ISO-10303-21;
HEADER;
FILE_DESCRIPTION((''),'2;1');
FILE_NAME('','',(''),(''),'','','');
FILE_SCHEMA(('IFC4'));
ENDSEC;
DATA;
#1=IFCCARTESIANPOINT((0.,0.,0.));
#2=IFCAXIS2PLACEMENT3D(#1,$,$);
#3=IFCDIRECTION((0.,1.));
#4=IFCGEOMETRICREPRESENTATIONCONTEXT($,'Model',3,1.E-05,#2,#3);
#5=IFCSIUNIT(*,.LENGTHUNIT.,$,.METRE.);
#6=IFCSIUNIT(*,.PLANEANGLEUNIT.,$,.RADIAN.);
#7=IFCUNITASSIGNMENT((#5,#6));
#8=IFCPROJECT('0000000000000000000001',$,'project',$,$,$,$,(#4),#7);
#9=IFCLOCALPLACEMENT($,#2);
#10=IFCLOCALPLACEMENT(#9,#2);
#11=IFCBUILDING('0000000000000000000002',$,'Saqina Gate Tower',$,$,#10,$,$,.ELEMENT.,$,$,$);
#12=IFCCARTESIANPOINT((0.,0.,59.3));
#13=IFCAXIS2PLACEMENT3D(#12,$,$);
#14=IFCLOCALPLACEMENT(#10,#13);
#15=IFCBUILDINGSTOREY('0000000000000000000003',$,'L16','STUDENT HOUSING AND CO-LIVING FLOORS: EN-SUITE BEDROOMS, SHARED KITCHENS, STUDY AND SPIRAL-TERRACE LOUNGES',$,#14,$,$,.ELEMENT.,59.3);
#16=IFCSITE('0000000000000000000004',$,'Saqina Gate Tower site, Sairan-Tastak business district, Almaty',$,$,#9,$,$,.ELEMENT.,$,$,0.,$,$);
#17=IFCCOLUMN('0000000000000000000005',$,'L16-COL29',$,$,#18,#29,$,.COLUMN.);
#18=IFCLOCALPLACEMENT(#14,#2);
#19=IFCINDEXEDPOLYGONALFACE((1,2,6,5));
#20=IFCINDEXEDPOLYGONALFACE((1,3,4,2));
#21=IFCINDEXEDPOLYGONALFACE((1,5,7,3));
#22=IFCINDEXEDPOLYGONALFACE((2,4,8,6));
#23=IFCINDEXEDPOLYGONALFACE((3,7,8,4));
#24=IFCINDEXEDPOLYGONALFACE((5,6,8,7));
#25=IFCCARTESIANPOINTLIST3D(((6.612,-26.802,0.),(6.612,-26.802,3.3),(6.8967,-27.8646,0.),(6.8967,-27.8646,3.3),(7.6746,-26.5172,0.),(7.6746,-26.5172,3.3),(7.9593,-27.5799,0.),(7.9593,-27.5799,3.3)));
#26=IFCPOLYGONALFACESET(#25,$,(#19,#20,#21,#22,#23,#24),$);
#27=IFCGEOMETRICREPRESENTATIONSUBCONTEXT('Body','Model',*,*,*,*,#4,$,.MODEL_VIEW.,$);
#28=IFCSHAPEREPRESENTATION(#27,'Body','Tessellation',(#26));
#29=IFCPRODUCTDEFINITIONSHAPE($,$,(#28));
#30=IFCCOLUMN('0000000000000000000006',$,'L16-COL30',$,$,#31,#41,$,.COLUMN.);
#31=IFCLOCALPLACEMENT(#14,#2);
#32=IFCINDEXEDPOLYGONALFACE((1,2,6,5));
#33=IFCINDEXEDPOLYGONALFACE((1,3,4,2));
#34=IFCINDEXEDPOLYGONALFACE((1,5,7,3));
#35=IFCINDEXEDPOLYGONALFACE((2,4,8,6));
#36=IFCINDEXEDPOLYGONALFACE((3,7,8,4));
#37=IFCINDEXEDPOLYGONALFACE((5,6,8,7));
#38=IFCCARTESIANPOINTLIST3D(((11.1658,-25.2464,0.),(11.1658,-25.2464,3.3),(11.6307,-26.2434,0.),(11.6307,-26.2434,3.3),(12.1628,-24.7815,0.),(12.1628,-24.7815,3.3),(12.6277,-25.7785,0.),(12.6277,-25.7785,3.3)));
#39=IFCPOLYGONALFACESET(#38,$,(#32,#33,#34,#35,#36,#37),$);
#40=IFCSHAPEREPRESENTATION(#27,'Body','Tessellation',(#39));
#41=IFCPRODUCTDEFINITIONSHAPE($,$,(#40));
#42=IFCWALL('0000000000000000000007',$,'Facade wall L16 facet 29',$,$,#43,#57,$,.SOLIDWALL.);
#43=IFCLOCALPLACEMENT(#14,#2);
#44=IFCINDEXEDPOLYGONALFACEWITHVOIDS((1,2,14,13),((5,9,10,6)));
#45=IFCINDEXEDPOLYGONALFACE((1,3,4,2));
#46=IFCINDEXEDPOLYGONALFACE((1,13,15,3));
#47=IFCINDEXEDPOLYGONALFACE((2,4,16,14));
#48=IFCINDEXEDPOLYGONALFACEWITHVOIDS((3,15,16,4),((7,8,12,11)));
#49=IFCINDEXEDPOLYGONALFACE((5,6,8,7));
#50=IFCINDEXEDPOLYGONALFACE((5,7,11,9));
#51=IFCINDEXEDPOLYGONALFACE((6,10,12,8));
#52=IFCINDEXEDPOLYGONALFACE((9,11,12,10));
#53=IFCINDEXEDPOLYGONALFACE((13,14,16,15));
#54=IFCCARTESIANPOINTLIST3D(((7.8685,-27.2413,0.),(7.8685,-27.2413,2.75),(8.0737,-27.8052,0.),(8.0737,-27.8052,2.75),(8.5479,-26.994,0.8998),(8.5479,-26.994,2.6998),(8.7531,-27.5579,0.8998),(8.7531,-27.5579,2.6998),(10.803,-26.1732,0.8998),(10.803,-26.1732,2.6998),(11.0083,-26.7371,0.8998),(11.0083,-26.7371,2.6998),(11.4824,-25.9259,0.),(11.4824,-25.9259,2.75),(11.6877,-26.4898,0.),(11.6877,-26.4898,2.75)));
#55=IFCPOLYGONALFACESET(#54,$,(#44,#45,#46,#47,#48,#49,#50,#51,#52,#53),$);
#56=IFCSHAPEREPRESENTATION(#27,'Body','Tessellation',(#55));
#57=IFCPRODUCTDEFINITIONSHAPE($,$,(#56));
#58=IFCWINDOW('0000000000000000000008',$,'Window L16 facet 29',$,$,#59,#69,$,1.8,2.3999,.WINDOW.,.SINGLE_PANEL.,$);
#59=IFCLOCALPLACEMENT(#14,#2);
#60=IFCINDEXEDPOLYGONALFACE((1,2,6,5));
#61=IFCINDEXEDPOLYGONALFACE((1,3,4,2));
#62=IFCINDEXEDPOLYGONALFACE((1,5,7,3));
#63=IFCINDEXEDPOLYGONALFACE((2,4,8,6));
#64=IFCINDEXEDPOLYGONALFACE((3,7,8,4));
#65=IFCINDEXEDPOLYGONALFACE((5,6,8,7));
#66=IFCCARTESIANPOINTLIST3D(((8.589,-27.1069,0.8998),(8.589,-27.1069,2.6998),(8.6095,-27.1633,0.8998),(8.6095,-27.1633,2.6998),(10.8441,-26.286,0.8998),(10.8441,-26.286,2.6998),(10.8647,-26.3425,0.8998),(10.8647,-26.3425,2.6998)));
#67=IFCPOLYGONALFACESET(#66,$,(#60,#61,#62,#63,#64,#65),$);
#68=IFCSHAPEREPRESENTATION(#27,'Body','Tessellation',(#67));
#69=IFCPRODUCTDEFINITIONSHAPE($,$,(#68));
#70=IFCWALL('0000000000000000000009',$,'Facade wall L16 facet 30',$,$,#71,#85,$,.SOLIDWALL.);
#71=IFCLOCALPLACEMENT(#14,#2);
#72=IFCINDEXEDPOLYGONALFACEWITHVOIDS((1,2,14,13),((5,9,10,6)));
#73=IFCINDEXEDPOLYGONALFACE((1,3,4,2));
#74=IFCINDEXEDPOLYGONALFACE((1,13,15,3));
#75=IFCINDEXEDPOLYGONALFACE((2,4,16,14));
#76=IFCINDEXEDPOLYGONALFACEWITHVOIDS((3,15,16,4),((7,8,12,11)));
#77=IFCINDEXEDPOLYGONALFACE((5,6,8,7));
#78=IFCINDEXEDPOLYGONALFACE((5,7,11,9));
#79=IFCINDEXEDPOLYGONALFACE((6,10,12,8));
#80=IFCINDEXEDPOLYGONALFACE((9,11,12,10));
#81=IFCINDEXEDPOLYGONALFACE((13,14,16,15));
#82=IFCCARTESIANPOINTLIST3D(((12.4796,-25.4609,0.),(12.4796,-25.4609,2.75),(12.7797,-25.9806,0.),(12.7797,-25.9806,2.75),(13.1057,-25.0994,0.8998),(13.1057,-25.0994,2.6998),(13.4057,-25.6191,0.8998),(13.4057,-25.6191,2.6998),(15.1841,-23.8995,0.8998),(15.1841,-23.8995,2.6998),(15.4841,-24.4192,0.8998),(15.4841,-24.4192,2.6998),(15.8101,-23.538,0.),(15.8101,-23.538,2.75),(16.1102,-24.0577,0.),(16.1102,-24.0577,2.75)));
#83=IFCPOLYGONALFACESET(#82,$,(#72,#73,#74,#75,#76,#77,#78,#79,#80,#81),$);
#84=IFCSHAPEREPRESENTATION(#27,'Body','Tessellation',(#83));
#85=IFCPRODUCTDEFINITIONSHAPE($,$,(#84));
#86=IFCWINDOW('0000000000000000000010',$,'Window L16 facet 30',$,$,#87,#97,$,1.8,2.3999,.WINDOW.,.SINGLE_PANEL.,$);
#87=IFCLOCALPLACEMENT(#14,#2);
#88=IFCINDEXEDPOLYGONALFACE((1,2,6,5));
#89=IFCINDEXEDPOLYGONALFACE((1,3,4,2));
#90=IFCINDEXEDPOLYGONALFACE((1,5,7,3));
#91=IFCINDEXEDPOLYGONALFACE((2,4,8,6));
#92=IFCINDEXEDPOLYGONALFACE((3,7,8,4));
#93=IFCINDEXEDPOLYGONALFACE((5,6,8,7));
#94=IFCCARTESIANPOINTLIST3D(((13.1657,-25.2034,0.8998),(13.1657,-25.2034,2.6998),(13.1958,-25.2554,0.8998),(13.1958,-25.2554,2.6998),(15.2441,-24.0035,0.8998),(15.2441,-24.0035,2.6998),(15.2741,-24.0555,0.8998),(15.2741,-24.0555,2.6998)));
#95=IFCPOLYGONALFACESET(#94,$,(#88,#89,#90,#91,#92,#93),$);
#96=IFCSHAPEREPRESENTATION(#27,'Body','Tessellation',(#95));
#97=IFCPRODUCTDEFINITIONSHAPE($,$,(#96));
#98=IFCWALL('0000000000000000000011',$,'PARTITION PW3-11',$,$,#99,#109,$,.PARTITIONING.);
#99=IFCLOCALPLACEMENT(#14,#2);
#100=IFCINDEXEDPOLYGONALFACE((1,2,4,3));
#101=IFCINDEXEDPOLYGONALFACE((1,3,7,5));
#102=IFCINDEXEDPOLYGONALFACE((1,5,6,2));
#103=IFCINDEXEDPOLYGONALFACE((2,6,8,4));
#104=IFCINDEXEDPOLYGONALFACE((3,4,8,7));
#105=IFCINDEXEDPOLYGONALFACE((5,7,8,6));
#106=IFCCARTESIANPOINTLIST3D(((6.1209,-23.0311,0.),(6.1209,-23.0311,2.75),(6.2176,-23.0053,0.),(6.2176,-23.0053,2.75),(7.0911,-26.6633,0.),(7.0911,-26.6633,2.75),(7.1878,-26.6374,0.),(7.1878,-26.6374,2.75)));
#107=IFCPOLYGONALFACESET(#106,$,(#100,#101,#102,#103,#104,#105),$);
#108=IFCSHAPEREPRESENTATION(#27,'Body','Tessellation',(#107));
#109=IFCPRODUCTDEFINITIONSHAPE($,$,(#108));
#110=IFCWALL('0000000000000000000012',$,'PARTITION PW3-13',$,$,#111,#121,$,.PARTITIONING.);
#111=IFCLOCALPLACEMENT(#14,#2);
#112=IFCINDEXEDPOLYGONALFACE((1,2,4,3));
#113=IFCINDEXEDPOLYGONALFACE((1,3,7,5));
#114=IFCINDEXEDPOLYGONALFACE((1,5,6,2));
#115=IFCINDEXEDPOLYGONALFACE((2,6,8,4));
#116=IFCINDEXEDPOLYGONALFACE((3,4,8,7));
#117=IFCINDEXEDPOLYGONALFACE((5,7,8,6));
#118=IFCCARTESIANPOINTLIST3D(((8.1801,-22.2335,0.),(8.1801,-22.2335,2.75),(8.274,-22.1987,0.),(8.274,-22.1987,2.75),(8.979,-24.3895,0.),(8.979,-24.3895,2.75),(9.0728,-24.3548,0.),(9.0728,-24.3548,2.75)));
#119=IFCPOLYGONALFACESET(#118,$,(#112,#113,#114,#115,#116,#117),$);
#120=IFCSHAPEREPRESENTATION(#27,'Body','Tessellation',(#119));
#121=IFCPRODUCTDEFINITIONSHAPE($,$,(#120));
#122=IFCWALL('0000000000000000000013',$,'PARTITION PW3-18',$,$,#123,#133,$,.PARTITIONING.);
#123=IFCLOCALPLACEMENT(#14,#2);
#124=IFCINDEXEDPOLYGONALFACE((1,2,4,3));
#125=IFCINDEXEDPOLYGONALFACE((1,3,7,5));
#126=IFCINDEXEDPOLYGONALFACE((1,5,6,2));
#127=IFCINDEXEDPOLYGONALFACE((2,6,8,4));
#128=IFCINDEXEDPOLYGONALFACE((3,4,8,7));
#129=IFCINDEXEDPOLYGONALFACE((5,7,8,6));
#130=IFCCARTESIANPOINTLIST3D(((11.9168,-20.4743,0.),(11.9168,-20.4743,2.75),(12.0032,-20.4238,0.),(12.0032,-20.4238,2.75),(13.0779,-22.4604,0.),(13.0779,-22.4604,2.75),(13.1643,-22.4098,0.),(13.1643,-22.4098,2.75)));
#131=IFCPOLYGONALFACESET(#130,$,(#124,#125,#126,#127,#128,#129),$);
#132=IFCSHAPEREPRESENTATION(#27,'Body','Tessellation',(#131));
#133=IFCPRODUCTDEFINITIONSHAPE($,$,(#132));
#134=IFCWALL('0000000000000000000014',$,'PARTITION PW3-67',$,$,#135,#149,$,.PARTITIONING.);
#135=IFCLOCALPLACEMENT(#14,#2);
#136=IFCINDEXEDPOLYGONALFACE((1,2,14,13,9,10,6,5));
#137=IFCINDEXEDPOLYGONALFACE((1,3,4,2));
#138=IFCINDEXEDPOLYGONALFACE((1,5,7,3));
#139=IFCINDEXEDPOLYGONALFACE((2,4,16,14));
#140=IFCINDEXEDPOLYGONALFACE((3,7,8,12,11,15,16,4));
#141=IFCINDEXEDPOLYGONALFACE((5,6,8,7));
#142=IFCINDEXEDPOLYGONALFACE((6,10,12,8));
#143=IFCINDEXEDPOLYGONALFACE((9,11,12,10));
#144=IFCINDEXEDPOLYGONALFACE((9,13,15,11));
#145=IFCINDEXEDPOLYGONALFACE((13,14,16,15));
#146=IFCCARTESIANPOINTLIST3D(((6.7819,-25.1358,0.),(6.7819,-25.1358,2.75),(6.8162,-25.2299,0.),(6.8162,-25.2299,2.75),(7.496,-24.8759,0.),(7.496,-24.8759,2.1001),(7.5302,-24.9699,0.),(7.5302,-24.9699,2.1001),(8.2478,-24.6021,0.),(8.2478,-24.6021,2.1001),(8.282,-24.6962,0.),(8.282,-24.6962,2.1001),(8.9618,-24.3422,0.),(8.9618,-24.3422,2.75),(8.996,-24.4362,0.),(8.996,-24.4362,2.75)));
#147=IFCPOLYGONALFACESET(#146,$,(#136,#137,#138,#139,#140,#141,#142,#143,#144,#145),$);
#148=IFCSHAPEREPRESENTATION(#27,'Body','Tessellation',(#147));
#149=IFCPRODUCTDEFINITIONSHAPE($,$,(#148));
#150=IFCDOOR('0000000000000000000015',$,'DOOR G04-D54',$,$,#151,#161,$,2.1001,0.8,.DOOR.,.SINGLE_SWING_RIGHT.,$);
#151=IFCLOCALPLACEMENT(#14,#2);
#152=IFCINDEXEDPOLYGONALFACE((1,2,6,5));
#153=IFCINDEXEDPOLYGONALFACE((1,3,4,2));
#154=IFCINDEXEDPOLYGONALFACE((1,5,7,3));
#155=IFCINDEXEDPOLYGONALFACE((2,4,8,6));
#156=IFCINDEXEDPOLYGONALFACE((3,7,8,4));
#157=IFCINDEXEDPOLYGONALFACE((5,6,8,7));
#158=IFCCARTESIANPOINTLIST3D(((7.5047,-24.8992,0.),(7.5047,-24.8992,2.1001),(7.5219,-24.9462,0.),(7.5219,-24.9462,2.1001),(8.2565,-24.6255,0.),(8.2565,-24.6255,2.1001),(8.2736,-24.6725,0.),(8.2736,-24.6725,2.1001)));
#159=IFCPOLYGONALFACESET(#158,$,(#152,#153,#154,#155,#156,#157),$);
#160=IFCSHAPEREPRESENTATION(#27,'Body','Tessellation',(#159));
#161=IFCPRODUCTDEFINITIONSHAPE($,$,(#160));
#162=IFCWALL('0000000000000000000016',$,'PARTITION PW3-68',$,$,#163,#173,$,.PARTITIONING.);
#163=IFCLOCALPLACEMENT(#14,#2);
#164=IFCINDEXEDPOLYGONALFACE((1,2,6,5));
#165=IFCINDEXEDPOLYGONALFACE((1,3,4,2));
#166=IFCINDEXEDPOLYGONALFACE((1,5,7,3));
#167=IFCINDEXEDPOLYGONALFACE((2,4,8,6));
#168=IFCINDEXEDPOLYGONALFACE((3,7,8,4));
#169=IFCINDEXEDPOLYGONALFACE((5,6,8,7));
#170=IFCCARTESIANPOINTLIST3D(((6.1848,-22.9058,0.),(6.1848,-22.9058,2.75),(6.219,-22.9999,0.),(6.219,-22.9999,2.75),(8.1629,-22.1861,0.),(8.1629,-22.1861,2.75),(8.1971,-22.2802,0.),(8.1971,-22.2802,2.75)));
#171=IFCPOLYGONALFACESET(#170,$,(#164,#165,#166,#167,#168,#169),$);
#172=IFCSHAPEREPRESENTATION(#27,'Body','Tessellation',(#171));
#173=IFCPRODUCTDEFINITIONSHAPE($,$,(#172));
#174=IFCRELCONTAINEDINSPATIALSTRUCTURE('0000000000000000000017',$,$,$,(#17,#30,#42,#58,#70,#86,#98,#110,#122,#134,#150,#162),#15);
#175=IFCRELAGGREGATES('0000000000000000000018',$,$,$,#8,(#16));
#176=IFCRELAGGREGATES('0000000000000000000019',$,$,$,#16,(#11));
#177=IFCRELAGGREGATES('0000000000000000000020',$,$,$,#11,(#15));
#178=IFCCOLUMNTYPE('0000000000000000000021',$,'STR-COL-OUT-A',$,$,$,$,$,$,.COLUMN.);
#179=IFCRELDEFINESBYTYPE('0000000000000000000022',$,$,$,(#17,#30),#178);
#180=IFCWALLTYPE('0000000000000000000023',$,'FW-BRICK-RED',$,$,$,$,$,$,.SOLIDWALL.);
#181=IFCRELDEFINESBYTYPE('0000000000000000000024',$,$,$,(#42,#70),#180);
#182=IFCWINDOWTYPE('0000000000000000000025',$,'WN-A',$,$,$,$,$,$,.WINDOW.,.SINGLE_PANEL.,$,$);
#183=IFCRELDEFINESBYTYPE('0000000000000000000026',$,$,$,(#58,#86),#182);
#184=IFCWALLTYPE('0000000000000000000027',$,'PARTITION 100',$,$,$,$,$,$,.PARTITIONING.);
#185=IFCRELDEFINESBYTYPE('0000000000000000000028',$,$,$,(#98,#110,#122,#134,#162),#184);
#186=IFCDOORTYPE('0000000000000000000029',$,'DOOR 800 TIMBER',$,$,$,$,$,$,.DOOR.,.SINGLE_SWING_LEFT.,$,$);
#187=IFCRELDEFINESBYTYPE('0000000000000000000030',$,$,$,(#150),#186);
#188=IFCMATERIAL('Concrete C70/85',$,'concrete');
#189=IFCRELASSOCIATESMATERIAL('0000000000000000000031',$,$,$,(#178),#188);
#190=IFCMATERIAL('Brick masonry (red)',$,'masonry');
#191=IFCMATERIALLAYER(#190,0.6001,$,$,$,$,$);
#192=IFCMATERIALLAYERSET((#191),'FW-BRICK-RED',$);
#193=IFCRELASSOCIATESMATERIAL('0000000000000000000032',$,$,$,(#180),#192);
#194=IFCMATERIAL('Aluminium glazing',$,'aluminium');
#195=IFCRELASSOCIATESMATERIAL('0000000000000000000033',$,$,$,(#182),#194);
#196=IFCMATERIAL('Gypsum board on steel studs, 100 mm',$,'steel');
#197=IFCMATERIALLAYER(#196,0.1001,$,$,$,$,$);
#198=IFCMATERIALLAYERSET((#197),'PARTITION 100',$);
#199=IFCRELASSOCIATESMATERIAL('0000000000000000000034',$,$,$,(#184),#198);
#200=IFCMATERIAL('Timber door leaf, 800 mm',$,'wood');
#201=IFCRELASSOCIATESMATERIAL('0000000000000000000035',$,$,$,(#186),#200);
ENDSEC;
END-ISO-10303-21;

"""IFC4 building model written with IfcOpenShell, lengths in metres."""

from ifc_helpers import new_model, si_unit, direction, frame, frame_2d, origin, origin_2d, place, context, subcontext, project, spatial, rectangle, extrude, material, layer, layer_set, material_profile, profile_set, type_object, element, fill, save


model = new_model("IFC4")

# Units and contexts
model_context = context("Model", 3, precision=1e-05, world=origin(), true_north=direction((0.0, 1.0)))
body_context = subcontext(model_context, "Body", "Model", "MODEL_VIEW")
ifc_project = project(units=[si_unit("LENGTHUNIT", "METRE"), si_unit("PLANEANGLEUNIT", "RADIAN")], contexts=[model_context])

# Site, building, storey
site_placement = place(None, origin())
site = spatial("IfcSite", under=ifc_project, at=site_placement, Name="Saqina Gate Tower site, Sairan-Tastak business district, Almaty", CompositionType="ELEMENT", RefElevation=0.0)
building_placement = place(site_placement, origin())
building = spatial("IfcBuilding", under=site, at=building_placement, Name="Saqina Gate Tower", CompositionType="ELEMENT")
storey_placement = place(building_placement, frame((0.0, 0.0, 59.3)))
storey = spatial("IfcBuildingStorey", under=building, at=storey_placement, Name="L16", Description="STUDENT HOUSING AND CO-LIVING FLOORS: EN-SUITE BEDROOMS, SHARED KITCHENS, STUDY AND SPIRAL-TERRACE LOUNGES", CompositionType="ELEMENT", Elevation=59.3)

# Columns
ifc_material_1 = material(Name="Concrete C70/85", Category="concrete")
ifc_material_profile = material_profile(ifc_material_1, rectangle(XDim=1.1001, YDim=1.1001, at=origin_2d()), Name="RC 1100x1100")
ifc_profile_set = profile_set([ifc_material_profile], Name="Concrete C70/85")
column_type = type_object("IfcColumnType", Name="STR-COL-OUT-A", PredefinedType="COLUMN", material=ifc_profile_set)
for number, where, z_axis, x_axis, name in (
    (1, (7.2856, -27.1909, 0.0), (0.0, 0.0, 1.0), (0.258819, -0.965926, 0.0), "L16-COL29"),
    (2, (11.8967, -25.5125, 0.0), (0.0, 0.0, 1.0), (0.422618, -0.906308, 0.0), "L16-COL30"),
):
    element("IfcColumn", number, at=place(storey_placement, frame(where, z_axis=z_axis, x_axis=x_axis)), inside=storey, type_object=column_type, Name=name, PredefinedType="COLUMN", context=body_context, shape_type="SweptSolid", body=[
        extrude(rectangle(XDim=1.1001, YDim=1.1001, at=origin_2d()), origin(), (0.0, 0.0, 1.0), 3.3),
    ])

# Walls, openings, windows
ifc_material_2 = material(Name="Brick masonry (red)", Category="masonry")
ifc_layer_1 = layer(ifc_material_2, 0.6001)
ifc_layer_set_1 = layer_set([ifc_layer_1], Name="FW-BRICK-RED")
wall_type_1 = type_object("IfcWallType", Name="FW-BRICK-RED", PredefinedType="SOLIDWALL", material=ifc_layer_set_1)
wall_1_placement = place(storey_placement, frame((7.9712, -27.5232, 0.0), z_axis=(0.0, 0.0, 1.0), x_axis=(0.93969, 0.342028, 0.0)))
wall_1 = element("IfcWall", 3, at=wall_1_placement, inside=storey, type_object=wall_type_1, Name="Facade wall L16 facet 29", PredefinedType="SOLIDWALL", context=body_context, shape_type="SweptSolid", body=[
    extrude(rectangle(XDim=3.8459, YDim=0.6001, at=frame_2d((1.9229, 0.0))), origin(), (0.0, 0.0, 1.0), 2.75),
])
opening_1_placement = place(wall_1_placement, frame((0.7229, 0.0, 0.8999)))
opening_1 = element("IfcOpeningElement", 4, at=opening_1_placement, cuts=wall_1, PredefinedType="OPENING", context=body_context, shape_type="SweptSolid", body=[
    extrude(rectangle(XDim=2.3999, YDim=1.8, at=frame_2d((1.2, 0.8999))), frame((0.0, 0.312, 0.0), z_axis=(0.0, -1.0, 0.0), x_axis=(1.0, 0.0, 0.0)), (0.0, 0.0, 1.0), 0.624),
])
ifc_material_3 = material(Name="Aluminium glazing", Category="aluminium")
window_type = type_object("IfcWindowType", Name="WN-A", PartitioningType="SINGLE_PANEL", PredefinedType="WINDOW", material=ifc_material_3)
window_1_placement = place(opening_1_placement, origin())
window_1 = element("IfcWindow", 5, at=window_1_placement, inside=storey, type_object=window_type, Name="Window L16 facet 29", OverallHeight=1.8, OverallWidth=2.3999, PartitioningType="SINGLE_PANEL", PredefinedType="WINDOW", context=body_context, shape_type="SweptSolid", body=[
    extrude(rectangle(XDim=2.3999, YDim=1.8, at=frame_2d((1.2, 0.8999))), frame((0.0, 0.1799, 0.0), z_axis=(0.0, -1.0, 0.0), x_axis=(1.0, 0.0, 0.0)), (0.0, 0.0, 1.0), 0.0601),
])
fill(opening_1, window_1)
wall_2_placement = place(storey_placement, frame((12.6296, -25.7207, 0.0), z_axis=(0.0, 0.0, 1.0), x_axis=(0.866031, 0.49999, 0.0)))
wall_2 = element("IfcWall", 6, at=wall_2_placement, inside=storey, type_object=wall_type_1, Name="Facade wall L16 facet 30", PredefinedType="SOLIDWALL", context=body_context, shape_type="SweptSolid", body=[
    extrude(rectangle(XDim=3.8457, YDim=0.6001, at=frame_2d((1.9229, 0.0))), origin(), (0.0, 0.0, 1.0), 2.75),
])
opening_2_placement = place(wall_2_placement, frame((0.7229, 0.0, 0.8999)))
opening_2 = element("IfcOpeningElement", 7, at=opening_2_placement, cuts=wall_2, PredefinedType="OPENING", context=body_context, shape_type="SweptSolid", body=[
    extrude(rectangle(XDim=2.3999, YDim=1.8, at=frame_2d((1.2, 0.8999))), frame((0.0, 0.312, 0.0), z_axis=(0.0, -1.0, 0.0), x_axis=(1.0, 0.0, 0.0)), (0.0, 0.0, 1.0), 0.624),
])
window_2_placement = place(opening_2_placement, origin())
window_2 = element("IfcWindow", 8, at=window_2_placement, inside=storey, type_object=window_type, Name="Window L16 facet 30", OverallHeight=1.8, OverallWidth=2.3999, PartitioningType="SINGLE_PANEL", PredefinedType="WINDOW", context=body_context, shape_type="SweptSolid", body=[
    extrude(rectangle(XDim=2.3999, YDim=1.8, at=frame_2d((1.2, 0.8999))), frame((0.0, 0.1799, 0.0), z_axis=(0.0, -1.0, 0.0), x_axis=(1.0, 0.0, 0.0)), (0.0, 0.0, 1.0), 0.0601),
])
fill(opening_2, window_2)

# Walls
ifc_material_4 = material(Name="Gypsum board on steel studs, 100 mm", Category="steel")
ifc_layer_2 = layer(ifc_material_4, 0.1001)
ifc_layer_set_2 = layer_set([ifc_layer_2], Name="PARTITION 100")
wall_type_2 = type_object("IfcWallType", Name="PARTITION 100", PredefinedType="PARTITIONING", material=ifc_layer_set_2)
wall_3_placement = place(storey_placement, frame((6.1692, -23.0181, 0.0), z_axis=(0.0, 0.0, 1.0), x_axis=(0.258075, -0.966125, 0.0)))
element("IfcWall", 9, at=wall_3_placement, inside=storey, type_object=wall_type_2, Name="PARTITION PW3-11", PredefinedType="PARTITIONING", context=body_context, shape_type="SweptSolid", body=[
    extrude(rectangle(XDim=3.7595, YDim=0.1001, at=frame_2d((1.8799, 0.0))), origin(), (0.0, 0.0, 1.0), 2.75),
])
wall_4_placement = place(storey_placement, frame((8.2271, -22.2161, 0.0), z_axis=(0.0, 0.0, 1.0), x_axis=(0.347432, -0.937705, 0.0)))
element("IfcWall", 10, at=wall_4_placement, inside=storey, type_object=wall_type_2, Name="PARTITION PW3-13", PredefinedType="PARTITIONING", context=body_context, shape_type="SweptSolid", body=[
    extrude(rectangle(XDim=2.2993, YDim=0.1001, at=frame_2d((1.1497, 0.0))), origin(), (0.0, 0.0, 1.0), 2.75),
])
wall_5_placement = place(storey_placement, frame((11.96, -20.449, 0.0), z_axis=(0.0, 0.0, 1.0), x_axis=(0.504709, -0.86329, 0.0)))
element("IfcWall", 11, at=wall_5_placement, inside=storey, type_object=wall_type_2, Name="PARTITION PW3-18", PredefinedType="PARTITIONING", context=body_context, shape_type="SweptSolid", body=[
    extrude(rectangle(XDim=2.3005, YDim=0.1001, at=frame_2d((1.1504, 0.0))), origin(), (0.0, 0.0, 1.0), 2.75),
])

# Wall, opening, door
wall_6_placement = place(storey_placement, frame((6.7991, -25.1829, 0.0), z_axis=(0.0, 0.0, 1.0), x_axis=(0.939655, 0.342123, 0.0)))
wall_6 = element("IfcWall", 12, at=wall_6_placement, inside=storey, type_object=wall_type_2, Name="PARTITION PW3-67", PredefinedType="PARTITIONING", context=body_context, shape_type="SweptSolid", body=[
    extrude(rectangle(XDim=2.3198, YDim=0.1001, at=frame_2d((1.1599, 0.0))), origin(), (0.0, 0.0, 1.0), 2.75),
])
opening_3_placement = place(wall_6_placement, frame((0.76, 0.0, 0.0)))
opening_3 = element("IfcOpeningElement", 13, at=opening_3_placement, cuts=wall_6, PredefinedType="OPENING", context=body_context, shape_type="SweptSolid", body=[
    extrude(rectangle(XDim=0.8, YDim=2.1001, at=frame_2d((0.3999, 1.05))), frame((0.0, 0.062, 0.0), z_axis=(0.0, -1.0, 0.0), x_axis=(1.0, 0.0, 0.0)), (0.0, 0.0, 1.0), 0.124),
])
ifc_material_5 = material(Name="Timber door leaf, 800 mm", Category="wood")
door_type_1 = type_object("IfcDoorType", Name="DOOR 800 TIMBER", OperationType="SINGLE_SWING_LEFT", PredefinedType="DOOR", material=ifc_material_5)
door_1_placement = place(opening_3_placement, frame((0.8, 0.0, 0.0), z_axis=(0.0, 0.0, 1.0), x_axis=(-1.0, 0.0, 0.0)))
door_1 = element("IfcDoor", 14, at=door_1_placement, inside=storey, type_object=door_type_1, Name="DOOR G04-D54", OperationType="SINGLE_SWING_RIGHT", OverallHeight=2.1001, OverallWidth=0.8, PredefinedType="DOOR", context=body_context, shape_type="SweptSolid", body=[
    extrude(rectangle(XDim=0.8, YDim=2.1001, at=frame_2d((0.3999, 1.05))), frame((0.0, 0.0249, 0.0), z_axis=(0.0, -1.0, 0.0), x_axis=(1.0, 0.0, 0.0)), (0.0, 0.0, 1.0), 0.05),
])
fill(opening_3, door_1)

# Wall
wall_7_placement = place(storey_placement, frame((6.2019, -22.9529, 0.0), z_axis=(0.0, 0.0, 1.0), x_axis=(0.939726, 0.341929, 0.0)))
element("IfcWall", 15, at=wall_7_placement, inside=storey, type_object=wall_type_2, Name="PARTITION PW3-68", PredefinedType="PARTITIONING", context=body_context, shape_type="SweptSolid", body=[
    extrude(rectangle(XDim=2.105, YDim=0.1001, at=frame_2d((1.0525, 0.0))), origin(), (0.0, 0.0, 1.0), 2.75),
])

save(model, "model.ifc")
